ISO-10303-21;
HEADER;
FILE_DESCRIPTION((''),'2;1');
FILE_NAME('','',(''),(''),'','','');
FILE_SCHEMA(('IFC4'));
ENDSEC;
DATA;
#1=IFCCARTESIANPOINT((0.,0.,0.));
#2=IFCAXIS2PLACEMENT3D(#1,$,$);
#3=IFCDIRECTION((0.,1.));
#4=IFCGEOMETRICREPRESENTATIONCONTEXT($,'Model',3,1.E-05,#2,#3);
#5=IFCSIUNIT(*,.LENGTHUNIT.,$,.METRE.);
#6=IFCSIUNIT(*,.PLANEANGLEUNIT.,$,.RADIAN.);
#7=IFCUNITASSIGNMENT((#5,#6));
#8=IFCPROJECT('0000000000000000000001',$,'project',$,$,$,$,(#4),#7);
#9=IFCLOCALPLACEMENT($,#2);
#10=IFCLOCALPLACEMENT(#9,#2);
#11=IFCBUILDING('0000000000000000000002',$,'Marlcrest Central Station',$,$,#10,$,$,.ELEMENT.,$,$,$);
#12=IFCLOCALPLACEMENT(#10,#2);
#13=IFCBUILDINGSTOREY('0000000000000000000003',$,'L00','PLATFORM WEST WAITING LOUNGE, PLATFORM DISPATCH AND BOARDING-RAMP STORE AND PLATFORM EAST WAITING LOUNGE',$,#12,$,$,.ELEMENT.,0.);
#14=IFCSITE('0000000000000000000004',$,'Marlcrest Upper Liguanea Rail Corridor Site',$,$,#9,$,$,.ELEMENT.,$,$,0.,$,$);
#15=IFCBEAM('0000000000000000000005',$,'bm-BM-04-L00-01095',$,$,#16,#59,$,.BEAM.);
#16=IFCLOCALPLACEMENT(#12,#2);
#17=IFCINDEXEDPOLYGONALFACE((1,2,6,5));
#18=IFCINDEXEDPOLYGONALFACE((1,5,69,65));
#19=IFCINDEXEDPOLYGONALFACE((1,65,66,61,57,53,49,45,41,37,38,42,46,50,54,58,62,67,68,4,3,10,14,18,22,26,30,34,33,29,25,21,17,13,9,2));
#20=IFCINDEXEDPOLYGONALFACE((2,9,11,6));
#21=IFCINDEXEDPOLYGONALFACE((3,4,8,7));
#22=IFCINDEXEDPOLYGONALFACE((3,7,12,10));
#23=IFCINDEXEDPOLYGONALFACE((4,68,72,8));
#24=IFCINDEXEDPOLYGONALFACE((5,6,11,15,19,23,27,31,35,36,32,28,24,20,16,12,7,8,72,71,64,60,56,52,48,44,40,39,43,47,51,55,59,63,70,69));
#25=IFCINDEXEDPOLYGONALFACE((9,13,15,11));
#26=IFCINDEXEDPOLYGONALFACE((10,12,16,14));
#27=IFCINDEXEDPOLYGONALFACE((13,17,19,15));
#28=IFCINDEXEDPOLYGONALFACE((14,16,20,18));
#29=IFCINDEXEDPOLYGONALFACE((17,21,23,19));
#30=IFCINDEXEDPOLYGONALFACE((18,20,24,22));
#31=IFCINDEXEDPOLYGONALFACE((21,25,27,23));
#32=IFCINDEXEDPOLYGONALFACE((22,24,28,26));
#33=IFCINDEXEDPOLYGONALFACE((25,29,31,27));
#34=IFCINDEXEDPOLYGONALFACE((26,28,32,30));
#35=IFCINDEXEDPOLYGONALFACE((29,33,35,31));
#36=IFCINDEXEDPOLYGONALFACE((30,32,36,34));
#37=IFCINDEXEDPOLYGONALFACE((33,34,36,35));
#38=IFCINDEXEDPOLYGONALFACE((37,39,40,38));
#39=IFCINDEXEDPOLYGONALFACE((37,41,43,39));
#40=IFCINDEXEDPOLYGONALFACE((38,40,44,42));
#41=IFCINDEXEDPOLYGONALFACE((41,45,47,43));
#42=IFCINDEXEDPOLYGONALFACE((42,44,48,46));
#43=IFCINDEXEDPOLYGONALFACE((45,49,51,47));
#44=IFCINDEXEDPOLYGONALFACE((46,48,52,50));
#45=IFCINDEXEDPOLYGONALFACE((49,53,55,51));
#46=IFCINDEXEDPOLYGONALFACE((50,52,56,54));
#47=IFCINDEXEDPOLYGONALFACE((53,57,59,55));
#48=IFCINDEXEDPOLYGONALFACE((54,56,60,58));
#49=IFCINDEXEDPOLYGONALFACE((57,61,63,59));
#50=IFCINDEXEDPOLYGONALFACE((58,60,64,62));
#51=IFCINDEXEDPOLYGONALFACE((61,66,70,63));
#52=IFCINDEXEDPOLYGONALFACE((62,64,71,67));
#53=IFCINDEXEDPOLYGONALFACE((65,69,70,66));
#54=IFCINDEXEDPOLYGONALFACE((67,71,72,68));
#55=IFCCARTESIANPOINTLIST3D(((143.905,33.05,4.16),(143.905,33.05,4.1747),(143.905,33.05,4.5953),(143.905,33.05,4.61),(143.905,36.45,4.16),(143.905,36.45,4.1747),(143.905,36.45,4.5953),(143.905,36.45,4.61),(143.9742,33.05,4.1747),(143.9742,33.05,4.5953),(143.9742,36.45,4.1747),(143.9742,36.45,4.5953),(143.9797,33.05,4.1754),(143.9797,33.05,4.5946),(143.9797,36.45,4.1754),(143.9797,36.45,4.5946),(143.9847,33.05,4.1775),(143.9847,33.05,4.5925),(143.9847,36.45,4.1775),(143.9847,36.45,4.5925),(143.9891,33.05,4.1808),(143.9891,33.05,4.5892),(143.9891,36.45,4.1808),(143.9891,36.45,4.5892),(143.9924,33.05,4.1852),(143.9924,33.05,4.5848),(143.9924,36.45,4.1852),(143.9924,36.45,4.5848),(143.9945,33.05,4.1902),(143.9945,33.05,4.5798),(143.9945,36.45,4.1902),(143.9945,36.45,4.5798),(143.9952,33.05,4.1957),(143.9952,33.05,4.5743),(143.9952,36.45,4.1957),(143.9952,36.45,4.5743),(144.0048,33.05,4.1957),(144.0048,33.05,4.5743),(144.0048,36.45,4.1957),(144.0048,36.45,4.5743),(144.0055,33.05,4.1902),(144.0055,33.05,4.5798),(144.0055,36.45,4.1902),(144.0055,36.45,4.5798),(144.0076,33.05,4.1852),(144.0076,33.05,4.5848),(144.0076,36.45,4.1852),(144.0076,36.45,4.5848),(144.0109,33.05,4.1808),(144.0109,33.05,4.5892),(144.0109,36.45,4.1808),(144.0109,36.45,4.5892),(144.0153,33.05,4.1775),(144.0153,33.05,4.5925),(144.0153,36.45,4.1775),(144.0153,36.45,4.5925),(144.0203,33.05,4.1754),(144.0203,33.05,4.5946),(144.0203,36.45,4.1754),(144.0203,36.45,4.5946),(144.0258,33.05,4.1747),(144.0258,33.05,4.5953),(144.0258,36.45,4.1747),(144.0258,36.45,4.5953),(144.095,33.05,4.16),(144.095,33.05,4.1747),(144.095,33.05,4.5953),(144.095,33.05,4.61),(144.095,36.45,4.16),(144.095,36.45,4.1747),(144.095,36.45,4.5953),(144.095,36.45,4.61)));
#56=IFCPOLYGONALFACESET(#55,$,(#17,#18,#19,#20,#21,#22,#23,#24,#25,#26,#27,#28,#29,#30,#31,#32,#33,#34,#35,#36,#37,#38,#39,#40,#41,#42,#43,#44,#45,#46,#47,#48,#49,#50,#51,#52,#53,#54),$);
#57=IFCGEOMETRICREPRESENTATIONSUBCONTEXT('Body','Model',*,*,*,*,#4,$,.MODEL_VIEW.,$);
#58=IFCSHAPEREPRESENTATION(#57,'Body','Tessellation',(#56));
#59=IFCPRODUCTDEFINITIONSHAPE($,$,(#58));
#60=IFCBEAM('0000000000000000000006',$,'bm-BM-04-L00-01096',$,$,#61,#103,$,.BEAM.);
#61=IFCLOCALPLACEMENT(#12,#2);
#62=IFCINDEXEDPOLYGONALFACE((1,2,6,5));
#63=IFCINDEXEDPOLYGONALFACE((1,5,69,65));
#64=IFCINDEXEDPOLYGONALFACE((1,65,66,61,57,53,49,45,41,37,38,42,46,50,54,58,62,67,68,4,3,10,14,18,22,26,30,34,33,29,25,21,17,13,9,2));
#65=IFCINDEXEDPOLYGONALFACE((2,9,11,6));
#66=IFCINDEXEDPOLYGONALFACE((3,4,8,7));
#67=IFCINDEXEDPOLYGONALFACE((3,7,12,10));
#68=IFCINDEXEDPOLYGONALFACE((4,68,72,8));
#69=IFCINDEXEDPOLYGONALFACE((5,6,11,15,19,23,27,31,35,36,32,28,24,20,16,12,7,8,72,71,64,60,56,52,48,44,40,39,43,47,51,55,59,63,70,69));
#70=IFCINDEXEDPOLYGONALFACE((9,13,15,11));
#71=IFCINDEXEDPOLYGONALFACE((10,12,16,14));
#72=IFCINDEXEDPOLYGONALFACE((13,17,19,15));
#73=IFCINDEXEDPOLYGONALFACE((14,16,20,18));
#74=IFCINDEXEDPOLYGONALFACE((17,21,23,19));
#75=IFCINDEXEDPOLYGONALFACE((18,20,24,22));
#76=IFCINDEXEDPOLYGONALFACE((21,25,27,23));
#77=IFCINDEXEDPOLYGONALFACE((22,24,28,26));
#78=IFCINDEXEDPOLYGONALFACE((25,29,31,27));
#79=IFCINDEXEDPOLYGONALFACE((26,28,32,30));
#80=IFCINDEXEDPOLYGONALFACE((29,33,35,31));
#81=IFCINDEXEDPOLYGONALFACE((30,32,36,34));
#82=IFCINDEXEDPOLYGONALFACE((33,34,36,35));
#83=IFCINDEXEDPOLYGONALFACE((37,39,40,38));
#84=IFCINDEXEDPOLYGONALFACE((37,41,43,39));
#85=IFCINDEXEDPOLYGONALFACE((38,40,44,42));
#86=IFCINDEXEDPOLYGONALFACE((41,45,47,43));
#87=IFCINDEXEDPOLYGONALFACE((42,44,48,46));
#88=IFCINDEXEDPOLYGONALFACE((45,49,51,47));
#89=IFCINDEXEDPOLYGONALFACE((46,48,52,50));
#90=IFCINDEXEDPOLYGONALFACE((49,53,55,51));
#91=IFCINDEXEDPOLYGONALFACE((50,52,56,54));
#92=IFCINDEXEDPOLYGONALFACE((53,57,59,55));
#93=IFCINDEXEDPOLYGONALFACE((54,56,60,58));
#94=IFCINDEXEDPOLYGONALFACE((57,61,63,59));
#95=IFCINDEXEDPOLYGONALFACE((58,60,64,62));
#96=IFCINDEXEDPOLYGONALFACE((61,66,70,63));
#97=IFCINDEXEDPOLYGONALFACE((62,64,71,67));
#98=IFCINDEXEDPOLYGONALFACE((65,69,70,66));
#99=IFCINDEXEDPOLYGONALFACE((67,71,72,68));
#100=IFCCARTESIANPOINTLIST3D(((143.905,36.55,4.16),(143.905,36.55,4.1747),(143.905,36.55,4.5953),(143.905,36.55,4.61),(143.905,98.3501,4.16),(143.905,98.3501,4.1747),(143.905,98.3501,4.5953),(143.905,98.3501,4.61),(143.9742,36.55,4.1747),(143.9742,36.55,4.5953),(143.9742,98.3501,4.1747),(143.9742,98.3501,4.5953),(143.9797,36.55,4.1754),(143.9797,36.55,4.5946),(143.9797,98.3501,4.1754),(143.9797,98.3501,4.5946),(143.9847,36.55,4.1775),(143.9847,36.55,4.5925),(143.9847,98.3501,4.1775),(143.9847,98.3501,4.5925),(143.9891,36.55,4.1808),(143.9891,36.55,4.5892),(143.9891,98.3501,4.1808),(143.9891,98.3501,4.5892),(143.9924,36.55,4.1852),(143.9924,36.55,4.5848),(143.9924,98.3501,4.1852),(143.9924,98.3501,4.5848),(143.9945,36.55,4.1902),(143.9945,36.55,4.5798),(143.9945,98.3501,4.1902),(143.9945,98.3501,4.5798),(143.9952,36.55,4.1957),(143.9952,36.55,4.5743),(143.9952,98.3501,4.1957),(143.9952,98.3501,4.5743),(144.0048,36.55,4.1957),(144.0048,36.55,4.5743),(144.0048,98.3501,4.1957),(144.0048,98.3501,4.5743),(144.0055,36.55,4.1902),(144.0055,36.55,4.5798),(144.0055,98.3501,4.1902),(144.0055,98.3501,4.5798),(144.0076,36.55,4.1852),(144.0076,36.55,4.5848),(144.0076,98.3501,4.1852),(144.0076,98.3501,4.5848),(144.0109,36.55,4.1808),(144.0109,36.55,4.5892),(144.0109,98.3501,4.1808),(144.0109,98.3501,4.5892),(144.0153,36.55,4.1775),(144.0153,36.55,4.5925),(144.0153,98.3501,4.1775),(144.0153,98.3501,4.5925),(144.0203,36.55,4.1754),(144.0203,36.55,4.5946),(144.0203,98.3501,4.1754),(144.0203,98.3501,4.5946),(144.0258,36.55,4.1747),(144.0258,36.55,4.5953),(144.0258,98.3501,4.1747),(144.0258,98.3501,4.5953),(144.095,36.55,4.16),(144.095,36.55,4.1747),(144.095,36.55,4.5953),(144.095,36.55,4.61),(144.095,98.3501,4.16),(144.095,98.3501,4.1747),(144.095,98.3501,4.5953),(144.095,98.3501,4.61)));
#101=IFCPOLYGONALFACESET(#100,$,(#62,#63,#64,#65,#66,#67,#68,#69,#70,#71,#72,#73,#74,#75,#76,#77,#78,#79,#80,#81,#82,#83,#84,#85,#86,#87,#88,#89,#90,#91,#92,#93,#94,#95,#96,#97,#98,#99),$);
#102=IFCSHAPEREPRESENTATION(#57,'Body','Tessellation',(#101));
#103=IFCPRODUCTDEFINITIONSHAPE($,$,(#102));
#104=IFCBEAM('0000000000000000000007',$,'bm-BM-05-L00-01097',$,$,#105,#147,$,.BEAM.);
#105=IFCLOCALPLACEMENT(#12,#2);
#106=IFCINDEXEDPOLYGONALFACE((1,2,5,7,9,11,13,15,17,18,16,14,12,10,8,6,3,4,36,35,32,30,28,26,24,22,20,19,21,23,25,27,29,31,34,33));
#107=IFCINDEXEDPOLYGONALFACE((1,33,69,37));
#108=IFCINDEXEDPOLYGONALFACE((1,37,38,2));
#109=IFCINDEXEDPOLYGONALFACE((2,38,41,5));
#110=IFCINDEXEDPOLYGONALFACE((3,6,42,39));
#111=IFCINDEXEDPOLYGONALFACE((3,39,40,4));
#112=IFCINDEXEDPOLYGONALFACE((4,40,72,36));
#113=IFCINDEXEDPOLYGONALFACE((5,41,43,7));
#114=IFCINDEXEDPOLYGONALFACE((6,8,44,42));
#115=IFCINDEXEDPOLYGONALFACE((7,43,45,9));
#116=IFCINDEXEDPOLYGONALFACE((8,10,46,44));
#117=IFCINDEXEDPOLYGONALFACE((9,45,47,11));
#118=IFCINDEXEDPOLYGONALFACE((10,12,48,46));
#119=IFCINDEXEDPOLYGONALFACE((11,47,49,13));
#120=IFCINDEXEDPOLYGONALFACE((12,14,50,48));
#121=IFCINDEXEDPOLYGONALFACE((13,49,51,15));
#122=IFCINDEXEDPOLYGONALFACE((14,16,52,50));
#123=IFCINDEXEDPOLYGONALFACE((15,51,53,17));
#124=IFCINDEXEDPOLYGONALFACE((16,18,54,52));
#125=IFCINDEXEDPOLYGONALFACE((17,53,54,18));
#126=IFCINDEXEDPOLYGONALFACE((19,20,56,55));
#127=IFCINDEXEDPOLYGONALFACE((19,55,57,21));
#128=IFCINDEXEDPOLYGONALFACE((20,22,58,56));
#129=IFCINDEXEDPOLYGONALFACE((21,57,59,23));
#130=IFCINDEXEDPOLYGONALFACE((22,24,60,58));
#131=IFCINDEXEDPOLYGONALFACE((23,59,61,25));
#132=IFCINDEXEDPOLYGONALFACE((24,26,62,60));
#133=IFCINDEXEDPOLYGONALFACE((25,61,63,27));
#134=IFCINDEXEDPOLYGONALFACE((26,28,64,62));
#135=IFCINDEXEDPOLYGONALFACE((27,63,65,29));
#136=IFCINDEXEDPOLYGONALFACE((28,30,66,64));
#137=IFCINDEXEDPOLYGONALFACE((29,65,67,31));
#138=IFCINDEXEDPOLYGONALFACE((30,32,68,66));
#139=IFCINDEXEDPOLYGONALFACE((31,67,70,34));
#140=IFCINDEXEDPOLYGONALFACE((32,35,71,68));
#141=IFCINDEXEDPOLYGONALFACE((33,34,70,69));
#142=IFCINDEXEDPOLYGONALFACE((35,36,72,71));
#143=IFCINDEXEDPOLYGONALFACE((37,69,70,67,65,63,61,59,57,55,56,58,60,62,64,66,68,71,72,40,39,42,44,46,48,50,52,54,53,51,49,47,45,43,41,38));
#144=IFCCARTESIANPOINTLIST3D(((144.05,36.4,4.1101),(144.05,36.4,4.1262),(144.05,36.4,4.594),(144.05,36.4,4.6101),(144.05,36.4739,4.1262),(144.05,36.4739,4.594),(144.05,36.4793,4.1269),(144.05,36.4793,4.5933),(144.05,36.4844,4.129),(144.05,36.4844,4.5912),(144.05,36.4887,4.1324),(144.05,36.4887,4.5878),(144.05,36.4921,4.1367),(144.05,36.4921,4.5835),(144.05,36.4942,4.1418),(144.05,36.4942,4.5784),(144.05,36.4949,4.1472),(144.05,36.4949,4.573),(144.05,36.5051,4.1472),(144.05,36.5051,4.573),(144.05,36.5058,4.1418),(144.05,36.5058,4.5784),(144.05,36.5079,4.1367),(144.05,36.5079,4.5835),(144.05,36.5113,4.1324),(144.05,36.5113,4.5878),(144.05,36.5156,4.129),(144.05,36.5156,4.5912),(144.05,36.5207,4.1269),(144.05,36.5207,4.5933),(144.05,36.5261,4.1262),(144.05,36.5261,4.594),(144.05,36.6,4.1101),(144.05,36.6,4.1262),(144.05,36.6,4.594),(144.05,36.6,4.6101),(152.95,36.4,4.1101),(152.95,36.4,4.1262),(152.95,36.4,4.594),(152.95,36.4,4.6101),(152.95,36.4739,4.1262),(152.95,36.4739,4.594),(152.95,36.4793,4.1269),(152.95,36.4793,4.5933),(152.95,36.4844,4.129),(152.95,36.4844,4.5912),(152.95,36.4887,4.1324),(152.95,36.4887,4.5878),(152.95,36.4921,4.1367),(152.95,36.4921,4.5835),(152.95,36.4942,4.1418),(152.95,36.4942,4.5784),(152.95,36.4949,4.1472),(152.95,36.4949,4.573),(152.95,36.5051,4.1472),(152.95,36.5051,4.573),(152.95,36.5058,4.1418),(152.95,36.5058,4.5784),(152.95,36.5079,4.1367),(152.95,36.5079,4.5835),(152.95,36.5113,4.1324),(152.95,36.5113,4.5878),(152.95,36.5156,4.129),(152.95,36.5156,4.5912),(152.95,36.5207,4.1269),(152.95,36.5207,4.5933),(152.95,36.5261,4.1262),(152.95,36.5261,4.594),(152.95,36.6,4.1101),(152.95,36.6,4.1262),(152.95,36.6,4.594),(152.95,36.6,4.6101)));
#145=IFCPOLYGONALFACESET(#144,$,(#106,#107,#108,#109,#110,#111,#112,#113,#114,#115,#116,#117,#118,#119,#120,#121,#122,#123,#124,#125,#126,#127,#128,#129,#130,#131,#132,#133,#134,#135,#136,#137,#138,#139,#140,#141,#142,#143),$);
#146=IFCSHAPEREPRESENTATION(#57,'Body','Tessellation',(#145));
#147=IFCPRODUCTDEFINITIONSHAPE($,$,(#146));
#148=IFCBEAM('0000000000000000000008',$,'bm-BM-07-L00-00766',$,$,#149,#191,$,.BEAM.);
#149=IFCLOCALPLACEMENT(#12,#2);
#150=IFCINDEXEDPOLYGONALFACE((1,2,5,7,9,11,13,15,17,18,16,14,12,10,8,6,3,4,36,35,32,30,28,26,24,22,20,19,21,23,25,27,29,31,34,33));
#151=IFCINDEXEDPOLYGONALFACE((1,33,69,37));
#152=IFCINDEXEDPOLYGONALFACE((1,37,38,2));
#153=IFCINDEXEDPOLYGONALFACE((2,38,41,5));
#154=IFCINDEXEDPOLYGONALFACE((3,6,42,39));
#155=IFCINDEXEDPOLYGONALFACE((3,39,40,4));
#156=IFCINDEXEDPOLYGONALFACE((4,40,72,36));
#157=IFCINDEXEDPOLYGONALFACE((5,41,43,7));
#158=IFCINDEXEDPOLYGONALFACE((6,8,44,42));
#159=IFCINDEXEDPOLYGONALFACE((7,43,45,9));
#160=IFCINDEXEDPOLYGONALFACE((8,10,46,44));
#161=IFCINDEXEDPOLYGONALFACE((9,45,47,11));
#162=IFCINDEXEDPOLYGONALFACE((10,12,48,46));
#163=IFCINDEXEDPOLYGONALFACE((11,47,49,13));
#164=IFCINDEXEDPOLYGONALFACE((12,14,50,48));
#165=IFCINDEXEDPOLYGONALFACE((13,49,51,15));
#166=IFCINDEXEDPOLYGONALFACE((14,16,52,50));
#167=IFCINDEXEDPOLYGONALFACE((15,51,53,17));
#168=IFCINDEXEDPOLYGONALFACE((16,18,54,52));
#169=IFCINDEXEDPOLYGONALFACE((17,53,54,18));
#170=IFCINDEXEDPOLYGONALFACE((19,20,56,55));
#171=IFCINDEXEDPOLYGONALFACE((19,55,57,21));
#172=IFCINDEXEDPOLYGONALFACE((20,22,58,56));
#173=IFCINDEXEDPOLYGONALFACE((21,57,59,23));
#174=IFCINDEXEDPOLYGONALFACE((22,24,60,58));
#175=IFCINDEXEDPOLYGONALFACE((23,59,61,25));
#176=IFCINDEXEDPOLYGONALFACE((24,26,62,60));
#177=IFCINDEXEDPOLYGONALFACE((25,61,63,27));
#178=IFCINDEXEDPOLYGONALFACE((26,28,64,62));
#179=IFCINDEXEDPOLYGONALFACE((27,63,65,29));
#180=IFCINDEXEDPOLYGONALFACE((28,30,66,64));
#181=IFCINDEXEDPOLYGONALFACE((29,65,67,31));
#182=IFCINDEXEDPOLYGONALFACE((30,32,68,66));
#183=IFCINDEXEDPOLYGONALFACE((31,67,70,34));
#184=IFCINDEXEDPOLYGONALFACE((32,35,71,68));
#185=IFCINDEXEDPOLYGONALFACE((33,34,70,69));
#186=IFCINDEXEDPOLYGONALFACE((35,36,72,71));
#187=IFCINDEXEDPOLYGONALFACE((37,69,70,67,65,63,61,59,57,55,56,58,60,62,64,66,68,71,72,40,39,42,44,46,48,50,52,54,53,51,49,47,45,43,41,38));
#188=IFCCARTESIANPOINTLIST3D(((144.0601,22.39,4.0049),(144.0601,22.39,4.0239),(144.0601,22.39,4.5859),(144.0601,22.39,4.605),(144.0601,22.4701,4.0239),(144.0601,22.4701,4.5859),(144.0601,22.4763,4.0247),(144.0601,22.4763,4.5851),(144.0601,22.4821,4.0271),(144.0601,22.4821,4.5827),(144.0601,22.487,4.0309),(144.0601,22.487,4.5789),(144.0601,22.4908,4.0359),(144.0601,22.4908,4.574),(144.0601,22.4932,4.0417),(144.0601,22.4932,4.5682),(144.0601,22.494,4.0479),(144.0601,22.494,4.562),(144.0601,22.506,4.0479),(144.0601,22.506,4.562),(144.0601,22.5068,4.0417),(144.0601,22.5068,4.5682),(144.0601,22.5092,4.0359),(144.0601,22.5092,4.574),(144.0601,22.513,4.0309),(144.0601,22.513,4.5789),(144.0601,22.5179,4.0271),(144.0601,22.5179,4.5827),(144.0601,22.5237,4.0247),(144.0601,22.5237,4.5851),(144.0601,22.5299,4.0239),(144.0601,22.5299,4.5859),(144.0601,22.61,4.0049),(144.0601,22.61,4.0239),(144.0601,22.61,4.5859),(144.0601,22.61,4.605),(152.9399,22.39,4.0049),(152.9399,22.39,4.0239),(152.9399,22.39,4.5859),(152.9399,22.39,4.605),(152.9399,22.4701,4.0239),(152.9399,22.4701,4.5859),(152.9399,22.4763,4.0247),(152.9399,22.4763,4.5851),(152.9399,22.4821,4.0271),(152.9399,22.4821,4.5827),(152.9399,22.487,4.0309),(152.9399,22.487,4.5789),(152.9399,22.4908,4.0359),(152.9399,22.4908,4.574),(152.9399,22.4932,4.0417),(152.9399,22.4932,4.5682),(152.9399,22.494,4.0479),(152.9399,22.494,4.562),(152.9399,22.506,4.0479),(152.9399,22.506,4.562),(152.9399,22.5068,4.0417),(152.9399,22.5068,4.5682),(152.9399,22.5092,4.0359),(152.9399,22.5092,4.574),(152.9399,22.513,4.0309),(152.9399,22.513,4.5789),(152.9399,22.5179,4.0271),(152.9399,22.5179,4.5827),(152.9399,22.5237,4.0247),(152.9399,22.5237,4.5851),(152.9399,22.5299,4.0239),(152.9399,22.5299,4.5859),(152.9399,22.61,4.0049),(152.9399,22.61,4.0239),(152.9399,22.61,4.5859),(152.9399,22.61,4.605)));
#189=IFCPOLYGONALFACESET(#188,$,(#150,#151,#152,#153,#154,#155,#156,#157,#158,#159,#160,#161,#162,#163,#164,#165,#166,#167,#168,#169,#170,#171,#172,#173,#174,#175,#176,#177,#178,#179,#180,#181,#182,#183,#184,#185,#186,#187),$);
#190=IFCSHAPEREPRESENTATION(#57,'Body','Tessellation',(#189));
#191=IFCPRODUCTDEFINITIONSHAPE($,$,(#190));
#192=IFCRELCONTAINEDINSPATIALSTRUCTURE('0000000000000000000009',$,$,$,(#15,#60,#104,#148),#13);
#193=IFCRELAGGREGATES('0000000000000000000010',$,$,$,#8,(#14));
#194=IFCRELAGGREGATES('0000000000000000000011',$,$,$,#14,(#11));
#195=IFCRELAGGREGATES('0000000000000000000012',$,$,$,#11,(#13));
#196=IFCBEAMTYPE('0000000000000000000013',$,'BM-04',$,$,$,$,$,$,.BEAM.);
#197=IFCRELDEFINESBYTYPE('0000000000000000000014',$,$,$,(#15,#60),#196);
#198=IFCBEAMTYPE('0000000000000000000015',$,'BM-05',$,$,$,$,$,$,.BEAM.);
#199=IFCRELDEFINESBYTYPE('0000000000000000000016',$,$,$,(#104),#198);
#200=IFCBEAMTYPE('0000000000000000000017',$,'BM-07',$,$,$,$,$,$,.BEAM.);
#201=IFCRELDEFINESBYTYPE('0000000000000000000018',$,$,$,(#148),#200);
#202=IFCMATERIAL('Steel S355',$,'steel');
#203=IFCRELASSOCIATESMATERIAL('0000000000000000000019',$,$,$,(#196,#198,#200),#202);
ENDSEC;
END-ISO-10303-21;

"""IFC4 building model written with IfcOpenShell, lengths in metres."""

from ifc_helpers import new_model, si_unit, direction, frame, origin, origin_2d, place, context, subcontext, project, spatial, i_section, extrude, material, material_profile, profile_set, type_object, element, save


model = new_model("IFC4")

# Units and contexts
model_context = context("Model", 3, precision=1e-05, world=origin(), true_north=direction((0.0, 1.0)))
body_context = subcontext(model_context, "Body", "Model", "MODEL_VIEW")
ifc_project = project(units=[si_unit("LENGTHUNIT", "METRE"), si_unit("PLANEANGLEUNIT", "RADIAN")], contexts=[model_context])

# Site, building, storey
site_placement = place(None, origin())
site = spatial("IfcSite", under=ifc_project, at=site_placement, Name="Marlcrest Upper Liguanea Rail Corridor Site", CompositionType="ELEMENT", RefElevation=0.0)
building_placement = place(site_placement, origin())
building = spatial("IfcBuilding", under=site, at=building_placement, Name="Marlcrest Central Station", CompositionType="ELEMENT")
storey_placement = place(building_placement, origin())
storey = spatial("IfcBuildingStorey", under=building, at=storey_placement, Name="L00", Description="PLATFORM WEST WAITING LOUNGE, PLATFORM DISPATCH AND BOARDING-RAMP STORE AND PLATFORM EAST WAITING LOUNGE", CompositionType="ELEMENT", Elevation=0.0)

# Shared definitions
ifc_material_1 = material(Name="Steel S355", Category="steel")

# Beams
ifc_material_profile_1 = material_profile(ifc_material_1, i_section(OverallWidth=0.1899, OverallDepth=0.45, WebThickness=0.0095, FlangeThickness=0.0146, FilletRadius=0.021, at=origin_2d()), Name="IPE 450")
ifc_profile_set_1 = profile_set([ifc_material_profile_1], Name="Steel S355")
beam_type_1 = type_object("IfcBeamType", Name="BM-04", PredefinedType="BEAM", material=ifc_profile_set_1)
beam_1_placement = place(storey_placement, frame((144.0, 33.05, 4.385), z_axis=(0.0, 1.0, 0.0), x_axis=(-1.0, 0.0, 0.0)))
element("IfcBeam", 1, at=beam_1_placement, inside=storey, type_object=beam_type_1, Name="bm-BM-04-L00-01095", PredefinedType="BEAM", context=body_context, shape_type="SweptSolid", body=[
    extrude(i_section(OverallWidth=0.1899, OverallDepth=0.45, WebThickness=0.0095, FlangeThickness=0.0146, FilletRadius=0.021, at=origin_2d()), origin(), (0.0, 0.0, 1.0), 3.3999),
])
beam_2_placement = place(storey_placement, frame((144.0, 36.55, 4.385), z_axis=(0.0, 1.0, 0.0), x_axis=(-1.0, 0.0, 0.0)))
element("IfcBeam", 2, at=beam_2_placement, inside=storey, type_object=beam_type_1, Name="bm-BM-04-L00-01096", PredefinedType="BEAM", context=body_context, shape_type="SweptSolid", body=[
    extrude(i_section(OverallWidth=0.1899, OverallDepth=0.45, WebThickness=0.0095, FlangeThickness=0.0146, FilletRadius=0.021, at=origin_2d()), origin(), (0.0, 0.0, 1.0), 61.8),
])
ifc_material_profile_2 = material_profile(ifc_material_1, i_section(OverallWidth=0.2, OverallDepth=0.5, WebThickness=0.0103, FlangeThickness=0.0161, FilletRadius=0.021, at=origin_2d()), Name="IPE 500")
ifc_profile_set_2 = profile_set([ifc_material_profile_2], Name="Steel S355")
beam_type_2 = type_object("IfcBeamType", Name="BM-05", PredefinedType="BEAM", material=ifc_profile_set_2)
beam_3_placement = place(storey_placement, frame((144.05, 36.5, 4.3601), z_axis=(1.0, 0.0, 0.0), x_axis=(0.0, 1.0, 0.0)))
element("IfcBeam", 3, at=beam_3_placement, inside=storey, type_object=beam_type_2, Name="bm-BM-05-L00-01097", PredefinedType="BEAM", context=body_context, shape_type="SweptSolid", body=[
    extrude(i_section(OverallWidth=0.2, OverallDepth=0.5, WebThickness=0.0103, FlangeThickness=0.0161, FilletRadius=0.021, at=origin_2d()), origin(), (0.0, 0.0, 1.0), 8.8999),
])
ifc_material_profile_3 = material_profile(ifc_material_1, i_section(OverallWidth=0.22, OverallDepth=0.6001, WebThickness=0.012, FlangeThickness=0.019, FilletRadius=0.0239, at=origin_2d()), Name="IPE 600")
ifc_profile_set_3 = profile_set([ifc_material_profile_3], Name="Steel S355")
beam_type_3 = type_object("IfcBeamType", Name="BM-07", PredefinedType="BEAM", material=ifc_profile_set_3)
beam_4_placement = place(storey_placement, frame((144.0601, 22.5, 4.3049), z_axis=(1.0, 0.0, 0.0), x_axis=(0.0, 1.0, 0.0)))
element("IfcBeam", 4, at=beam_4_placement, inside=storey, type_object=beam_type_3, Name="bm-BM-07-L00-00766", PredefinedType="BEAM", context=body_context, shape_type="SweptSolid", body=[
    extrude(i_section(OverallWidth=0.22, OverallDepth=0.6001, WebThickness=0.012, FlangeThickness=0.019, FilletRadius=0.0239, at=origin_2d()), origin(), (0.0, 0.0, 1.0), 8.8799),
])

save(model, "model.ifc")
